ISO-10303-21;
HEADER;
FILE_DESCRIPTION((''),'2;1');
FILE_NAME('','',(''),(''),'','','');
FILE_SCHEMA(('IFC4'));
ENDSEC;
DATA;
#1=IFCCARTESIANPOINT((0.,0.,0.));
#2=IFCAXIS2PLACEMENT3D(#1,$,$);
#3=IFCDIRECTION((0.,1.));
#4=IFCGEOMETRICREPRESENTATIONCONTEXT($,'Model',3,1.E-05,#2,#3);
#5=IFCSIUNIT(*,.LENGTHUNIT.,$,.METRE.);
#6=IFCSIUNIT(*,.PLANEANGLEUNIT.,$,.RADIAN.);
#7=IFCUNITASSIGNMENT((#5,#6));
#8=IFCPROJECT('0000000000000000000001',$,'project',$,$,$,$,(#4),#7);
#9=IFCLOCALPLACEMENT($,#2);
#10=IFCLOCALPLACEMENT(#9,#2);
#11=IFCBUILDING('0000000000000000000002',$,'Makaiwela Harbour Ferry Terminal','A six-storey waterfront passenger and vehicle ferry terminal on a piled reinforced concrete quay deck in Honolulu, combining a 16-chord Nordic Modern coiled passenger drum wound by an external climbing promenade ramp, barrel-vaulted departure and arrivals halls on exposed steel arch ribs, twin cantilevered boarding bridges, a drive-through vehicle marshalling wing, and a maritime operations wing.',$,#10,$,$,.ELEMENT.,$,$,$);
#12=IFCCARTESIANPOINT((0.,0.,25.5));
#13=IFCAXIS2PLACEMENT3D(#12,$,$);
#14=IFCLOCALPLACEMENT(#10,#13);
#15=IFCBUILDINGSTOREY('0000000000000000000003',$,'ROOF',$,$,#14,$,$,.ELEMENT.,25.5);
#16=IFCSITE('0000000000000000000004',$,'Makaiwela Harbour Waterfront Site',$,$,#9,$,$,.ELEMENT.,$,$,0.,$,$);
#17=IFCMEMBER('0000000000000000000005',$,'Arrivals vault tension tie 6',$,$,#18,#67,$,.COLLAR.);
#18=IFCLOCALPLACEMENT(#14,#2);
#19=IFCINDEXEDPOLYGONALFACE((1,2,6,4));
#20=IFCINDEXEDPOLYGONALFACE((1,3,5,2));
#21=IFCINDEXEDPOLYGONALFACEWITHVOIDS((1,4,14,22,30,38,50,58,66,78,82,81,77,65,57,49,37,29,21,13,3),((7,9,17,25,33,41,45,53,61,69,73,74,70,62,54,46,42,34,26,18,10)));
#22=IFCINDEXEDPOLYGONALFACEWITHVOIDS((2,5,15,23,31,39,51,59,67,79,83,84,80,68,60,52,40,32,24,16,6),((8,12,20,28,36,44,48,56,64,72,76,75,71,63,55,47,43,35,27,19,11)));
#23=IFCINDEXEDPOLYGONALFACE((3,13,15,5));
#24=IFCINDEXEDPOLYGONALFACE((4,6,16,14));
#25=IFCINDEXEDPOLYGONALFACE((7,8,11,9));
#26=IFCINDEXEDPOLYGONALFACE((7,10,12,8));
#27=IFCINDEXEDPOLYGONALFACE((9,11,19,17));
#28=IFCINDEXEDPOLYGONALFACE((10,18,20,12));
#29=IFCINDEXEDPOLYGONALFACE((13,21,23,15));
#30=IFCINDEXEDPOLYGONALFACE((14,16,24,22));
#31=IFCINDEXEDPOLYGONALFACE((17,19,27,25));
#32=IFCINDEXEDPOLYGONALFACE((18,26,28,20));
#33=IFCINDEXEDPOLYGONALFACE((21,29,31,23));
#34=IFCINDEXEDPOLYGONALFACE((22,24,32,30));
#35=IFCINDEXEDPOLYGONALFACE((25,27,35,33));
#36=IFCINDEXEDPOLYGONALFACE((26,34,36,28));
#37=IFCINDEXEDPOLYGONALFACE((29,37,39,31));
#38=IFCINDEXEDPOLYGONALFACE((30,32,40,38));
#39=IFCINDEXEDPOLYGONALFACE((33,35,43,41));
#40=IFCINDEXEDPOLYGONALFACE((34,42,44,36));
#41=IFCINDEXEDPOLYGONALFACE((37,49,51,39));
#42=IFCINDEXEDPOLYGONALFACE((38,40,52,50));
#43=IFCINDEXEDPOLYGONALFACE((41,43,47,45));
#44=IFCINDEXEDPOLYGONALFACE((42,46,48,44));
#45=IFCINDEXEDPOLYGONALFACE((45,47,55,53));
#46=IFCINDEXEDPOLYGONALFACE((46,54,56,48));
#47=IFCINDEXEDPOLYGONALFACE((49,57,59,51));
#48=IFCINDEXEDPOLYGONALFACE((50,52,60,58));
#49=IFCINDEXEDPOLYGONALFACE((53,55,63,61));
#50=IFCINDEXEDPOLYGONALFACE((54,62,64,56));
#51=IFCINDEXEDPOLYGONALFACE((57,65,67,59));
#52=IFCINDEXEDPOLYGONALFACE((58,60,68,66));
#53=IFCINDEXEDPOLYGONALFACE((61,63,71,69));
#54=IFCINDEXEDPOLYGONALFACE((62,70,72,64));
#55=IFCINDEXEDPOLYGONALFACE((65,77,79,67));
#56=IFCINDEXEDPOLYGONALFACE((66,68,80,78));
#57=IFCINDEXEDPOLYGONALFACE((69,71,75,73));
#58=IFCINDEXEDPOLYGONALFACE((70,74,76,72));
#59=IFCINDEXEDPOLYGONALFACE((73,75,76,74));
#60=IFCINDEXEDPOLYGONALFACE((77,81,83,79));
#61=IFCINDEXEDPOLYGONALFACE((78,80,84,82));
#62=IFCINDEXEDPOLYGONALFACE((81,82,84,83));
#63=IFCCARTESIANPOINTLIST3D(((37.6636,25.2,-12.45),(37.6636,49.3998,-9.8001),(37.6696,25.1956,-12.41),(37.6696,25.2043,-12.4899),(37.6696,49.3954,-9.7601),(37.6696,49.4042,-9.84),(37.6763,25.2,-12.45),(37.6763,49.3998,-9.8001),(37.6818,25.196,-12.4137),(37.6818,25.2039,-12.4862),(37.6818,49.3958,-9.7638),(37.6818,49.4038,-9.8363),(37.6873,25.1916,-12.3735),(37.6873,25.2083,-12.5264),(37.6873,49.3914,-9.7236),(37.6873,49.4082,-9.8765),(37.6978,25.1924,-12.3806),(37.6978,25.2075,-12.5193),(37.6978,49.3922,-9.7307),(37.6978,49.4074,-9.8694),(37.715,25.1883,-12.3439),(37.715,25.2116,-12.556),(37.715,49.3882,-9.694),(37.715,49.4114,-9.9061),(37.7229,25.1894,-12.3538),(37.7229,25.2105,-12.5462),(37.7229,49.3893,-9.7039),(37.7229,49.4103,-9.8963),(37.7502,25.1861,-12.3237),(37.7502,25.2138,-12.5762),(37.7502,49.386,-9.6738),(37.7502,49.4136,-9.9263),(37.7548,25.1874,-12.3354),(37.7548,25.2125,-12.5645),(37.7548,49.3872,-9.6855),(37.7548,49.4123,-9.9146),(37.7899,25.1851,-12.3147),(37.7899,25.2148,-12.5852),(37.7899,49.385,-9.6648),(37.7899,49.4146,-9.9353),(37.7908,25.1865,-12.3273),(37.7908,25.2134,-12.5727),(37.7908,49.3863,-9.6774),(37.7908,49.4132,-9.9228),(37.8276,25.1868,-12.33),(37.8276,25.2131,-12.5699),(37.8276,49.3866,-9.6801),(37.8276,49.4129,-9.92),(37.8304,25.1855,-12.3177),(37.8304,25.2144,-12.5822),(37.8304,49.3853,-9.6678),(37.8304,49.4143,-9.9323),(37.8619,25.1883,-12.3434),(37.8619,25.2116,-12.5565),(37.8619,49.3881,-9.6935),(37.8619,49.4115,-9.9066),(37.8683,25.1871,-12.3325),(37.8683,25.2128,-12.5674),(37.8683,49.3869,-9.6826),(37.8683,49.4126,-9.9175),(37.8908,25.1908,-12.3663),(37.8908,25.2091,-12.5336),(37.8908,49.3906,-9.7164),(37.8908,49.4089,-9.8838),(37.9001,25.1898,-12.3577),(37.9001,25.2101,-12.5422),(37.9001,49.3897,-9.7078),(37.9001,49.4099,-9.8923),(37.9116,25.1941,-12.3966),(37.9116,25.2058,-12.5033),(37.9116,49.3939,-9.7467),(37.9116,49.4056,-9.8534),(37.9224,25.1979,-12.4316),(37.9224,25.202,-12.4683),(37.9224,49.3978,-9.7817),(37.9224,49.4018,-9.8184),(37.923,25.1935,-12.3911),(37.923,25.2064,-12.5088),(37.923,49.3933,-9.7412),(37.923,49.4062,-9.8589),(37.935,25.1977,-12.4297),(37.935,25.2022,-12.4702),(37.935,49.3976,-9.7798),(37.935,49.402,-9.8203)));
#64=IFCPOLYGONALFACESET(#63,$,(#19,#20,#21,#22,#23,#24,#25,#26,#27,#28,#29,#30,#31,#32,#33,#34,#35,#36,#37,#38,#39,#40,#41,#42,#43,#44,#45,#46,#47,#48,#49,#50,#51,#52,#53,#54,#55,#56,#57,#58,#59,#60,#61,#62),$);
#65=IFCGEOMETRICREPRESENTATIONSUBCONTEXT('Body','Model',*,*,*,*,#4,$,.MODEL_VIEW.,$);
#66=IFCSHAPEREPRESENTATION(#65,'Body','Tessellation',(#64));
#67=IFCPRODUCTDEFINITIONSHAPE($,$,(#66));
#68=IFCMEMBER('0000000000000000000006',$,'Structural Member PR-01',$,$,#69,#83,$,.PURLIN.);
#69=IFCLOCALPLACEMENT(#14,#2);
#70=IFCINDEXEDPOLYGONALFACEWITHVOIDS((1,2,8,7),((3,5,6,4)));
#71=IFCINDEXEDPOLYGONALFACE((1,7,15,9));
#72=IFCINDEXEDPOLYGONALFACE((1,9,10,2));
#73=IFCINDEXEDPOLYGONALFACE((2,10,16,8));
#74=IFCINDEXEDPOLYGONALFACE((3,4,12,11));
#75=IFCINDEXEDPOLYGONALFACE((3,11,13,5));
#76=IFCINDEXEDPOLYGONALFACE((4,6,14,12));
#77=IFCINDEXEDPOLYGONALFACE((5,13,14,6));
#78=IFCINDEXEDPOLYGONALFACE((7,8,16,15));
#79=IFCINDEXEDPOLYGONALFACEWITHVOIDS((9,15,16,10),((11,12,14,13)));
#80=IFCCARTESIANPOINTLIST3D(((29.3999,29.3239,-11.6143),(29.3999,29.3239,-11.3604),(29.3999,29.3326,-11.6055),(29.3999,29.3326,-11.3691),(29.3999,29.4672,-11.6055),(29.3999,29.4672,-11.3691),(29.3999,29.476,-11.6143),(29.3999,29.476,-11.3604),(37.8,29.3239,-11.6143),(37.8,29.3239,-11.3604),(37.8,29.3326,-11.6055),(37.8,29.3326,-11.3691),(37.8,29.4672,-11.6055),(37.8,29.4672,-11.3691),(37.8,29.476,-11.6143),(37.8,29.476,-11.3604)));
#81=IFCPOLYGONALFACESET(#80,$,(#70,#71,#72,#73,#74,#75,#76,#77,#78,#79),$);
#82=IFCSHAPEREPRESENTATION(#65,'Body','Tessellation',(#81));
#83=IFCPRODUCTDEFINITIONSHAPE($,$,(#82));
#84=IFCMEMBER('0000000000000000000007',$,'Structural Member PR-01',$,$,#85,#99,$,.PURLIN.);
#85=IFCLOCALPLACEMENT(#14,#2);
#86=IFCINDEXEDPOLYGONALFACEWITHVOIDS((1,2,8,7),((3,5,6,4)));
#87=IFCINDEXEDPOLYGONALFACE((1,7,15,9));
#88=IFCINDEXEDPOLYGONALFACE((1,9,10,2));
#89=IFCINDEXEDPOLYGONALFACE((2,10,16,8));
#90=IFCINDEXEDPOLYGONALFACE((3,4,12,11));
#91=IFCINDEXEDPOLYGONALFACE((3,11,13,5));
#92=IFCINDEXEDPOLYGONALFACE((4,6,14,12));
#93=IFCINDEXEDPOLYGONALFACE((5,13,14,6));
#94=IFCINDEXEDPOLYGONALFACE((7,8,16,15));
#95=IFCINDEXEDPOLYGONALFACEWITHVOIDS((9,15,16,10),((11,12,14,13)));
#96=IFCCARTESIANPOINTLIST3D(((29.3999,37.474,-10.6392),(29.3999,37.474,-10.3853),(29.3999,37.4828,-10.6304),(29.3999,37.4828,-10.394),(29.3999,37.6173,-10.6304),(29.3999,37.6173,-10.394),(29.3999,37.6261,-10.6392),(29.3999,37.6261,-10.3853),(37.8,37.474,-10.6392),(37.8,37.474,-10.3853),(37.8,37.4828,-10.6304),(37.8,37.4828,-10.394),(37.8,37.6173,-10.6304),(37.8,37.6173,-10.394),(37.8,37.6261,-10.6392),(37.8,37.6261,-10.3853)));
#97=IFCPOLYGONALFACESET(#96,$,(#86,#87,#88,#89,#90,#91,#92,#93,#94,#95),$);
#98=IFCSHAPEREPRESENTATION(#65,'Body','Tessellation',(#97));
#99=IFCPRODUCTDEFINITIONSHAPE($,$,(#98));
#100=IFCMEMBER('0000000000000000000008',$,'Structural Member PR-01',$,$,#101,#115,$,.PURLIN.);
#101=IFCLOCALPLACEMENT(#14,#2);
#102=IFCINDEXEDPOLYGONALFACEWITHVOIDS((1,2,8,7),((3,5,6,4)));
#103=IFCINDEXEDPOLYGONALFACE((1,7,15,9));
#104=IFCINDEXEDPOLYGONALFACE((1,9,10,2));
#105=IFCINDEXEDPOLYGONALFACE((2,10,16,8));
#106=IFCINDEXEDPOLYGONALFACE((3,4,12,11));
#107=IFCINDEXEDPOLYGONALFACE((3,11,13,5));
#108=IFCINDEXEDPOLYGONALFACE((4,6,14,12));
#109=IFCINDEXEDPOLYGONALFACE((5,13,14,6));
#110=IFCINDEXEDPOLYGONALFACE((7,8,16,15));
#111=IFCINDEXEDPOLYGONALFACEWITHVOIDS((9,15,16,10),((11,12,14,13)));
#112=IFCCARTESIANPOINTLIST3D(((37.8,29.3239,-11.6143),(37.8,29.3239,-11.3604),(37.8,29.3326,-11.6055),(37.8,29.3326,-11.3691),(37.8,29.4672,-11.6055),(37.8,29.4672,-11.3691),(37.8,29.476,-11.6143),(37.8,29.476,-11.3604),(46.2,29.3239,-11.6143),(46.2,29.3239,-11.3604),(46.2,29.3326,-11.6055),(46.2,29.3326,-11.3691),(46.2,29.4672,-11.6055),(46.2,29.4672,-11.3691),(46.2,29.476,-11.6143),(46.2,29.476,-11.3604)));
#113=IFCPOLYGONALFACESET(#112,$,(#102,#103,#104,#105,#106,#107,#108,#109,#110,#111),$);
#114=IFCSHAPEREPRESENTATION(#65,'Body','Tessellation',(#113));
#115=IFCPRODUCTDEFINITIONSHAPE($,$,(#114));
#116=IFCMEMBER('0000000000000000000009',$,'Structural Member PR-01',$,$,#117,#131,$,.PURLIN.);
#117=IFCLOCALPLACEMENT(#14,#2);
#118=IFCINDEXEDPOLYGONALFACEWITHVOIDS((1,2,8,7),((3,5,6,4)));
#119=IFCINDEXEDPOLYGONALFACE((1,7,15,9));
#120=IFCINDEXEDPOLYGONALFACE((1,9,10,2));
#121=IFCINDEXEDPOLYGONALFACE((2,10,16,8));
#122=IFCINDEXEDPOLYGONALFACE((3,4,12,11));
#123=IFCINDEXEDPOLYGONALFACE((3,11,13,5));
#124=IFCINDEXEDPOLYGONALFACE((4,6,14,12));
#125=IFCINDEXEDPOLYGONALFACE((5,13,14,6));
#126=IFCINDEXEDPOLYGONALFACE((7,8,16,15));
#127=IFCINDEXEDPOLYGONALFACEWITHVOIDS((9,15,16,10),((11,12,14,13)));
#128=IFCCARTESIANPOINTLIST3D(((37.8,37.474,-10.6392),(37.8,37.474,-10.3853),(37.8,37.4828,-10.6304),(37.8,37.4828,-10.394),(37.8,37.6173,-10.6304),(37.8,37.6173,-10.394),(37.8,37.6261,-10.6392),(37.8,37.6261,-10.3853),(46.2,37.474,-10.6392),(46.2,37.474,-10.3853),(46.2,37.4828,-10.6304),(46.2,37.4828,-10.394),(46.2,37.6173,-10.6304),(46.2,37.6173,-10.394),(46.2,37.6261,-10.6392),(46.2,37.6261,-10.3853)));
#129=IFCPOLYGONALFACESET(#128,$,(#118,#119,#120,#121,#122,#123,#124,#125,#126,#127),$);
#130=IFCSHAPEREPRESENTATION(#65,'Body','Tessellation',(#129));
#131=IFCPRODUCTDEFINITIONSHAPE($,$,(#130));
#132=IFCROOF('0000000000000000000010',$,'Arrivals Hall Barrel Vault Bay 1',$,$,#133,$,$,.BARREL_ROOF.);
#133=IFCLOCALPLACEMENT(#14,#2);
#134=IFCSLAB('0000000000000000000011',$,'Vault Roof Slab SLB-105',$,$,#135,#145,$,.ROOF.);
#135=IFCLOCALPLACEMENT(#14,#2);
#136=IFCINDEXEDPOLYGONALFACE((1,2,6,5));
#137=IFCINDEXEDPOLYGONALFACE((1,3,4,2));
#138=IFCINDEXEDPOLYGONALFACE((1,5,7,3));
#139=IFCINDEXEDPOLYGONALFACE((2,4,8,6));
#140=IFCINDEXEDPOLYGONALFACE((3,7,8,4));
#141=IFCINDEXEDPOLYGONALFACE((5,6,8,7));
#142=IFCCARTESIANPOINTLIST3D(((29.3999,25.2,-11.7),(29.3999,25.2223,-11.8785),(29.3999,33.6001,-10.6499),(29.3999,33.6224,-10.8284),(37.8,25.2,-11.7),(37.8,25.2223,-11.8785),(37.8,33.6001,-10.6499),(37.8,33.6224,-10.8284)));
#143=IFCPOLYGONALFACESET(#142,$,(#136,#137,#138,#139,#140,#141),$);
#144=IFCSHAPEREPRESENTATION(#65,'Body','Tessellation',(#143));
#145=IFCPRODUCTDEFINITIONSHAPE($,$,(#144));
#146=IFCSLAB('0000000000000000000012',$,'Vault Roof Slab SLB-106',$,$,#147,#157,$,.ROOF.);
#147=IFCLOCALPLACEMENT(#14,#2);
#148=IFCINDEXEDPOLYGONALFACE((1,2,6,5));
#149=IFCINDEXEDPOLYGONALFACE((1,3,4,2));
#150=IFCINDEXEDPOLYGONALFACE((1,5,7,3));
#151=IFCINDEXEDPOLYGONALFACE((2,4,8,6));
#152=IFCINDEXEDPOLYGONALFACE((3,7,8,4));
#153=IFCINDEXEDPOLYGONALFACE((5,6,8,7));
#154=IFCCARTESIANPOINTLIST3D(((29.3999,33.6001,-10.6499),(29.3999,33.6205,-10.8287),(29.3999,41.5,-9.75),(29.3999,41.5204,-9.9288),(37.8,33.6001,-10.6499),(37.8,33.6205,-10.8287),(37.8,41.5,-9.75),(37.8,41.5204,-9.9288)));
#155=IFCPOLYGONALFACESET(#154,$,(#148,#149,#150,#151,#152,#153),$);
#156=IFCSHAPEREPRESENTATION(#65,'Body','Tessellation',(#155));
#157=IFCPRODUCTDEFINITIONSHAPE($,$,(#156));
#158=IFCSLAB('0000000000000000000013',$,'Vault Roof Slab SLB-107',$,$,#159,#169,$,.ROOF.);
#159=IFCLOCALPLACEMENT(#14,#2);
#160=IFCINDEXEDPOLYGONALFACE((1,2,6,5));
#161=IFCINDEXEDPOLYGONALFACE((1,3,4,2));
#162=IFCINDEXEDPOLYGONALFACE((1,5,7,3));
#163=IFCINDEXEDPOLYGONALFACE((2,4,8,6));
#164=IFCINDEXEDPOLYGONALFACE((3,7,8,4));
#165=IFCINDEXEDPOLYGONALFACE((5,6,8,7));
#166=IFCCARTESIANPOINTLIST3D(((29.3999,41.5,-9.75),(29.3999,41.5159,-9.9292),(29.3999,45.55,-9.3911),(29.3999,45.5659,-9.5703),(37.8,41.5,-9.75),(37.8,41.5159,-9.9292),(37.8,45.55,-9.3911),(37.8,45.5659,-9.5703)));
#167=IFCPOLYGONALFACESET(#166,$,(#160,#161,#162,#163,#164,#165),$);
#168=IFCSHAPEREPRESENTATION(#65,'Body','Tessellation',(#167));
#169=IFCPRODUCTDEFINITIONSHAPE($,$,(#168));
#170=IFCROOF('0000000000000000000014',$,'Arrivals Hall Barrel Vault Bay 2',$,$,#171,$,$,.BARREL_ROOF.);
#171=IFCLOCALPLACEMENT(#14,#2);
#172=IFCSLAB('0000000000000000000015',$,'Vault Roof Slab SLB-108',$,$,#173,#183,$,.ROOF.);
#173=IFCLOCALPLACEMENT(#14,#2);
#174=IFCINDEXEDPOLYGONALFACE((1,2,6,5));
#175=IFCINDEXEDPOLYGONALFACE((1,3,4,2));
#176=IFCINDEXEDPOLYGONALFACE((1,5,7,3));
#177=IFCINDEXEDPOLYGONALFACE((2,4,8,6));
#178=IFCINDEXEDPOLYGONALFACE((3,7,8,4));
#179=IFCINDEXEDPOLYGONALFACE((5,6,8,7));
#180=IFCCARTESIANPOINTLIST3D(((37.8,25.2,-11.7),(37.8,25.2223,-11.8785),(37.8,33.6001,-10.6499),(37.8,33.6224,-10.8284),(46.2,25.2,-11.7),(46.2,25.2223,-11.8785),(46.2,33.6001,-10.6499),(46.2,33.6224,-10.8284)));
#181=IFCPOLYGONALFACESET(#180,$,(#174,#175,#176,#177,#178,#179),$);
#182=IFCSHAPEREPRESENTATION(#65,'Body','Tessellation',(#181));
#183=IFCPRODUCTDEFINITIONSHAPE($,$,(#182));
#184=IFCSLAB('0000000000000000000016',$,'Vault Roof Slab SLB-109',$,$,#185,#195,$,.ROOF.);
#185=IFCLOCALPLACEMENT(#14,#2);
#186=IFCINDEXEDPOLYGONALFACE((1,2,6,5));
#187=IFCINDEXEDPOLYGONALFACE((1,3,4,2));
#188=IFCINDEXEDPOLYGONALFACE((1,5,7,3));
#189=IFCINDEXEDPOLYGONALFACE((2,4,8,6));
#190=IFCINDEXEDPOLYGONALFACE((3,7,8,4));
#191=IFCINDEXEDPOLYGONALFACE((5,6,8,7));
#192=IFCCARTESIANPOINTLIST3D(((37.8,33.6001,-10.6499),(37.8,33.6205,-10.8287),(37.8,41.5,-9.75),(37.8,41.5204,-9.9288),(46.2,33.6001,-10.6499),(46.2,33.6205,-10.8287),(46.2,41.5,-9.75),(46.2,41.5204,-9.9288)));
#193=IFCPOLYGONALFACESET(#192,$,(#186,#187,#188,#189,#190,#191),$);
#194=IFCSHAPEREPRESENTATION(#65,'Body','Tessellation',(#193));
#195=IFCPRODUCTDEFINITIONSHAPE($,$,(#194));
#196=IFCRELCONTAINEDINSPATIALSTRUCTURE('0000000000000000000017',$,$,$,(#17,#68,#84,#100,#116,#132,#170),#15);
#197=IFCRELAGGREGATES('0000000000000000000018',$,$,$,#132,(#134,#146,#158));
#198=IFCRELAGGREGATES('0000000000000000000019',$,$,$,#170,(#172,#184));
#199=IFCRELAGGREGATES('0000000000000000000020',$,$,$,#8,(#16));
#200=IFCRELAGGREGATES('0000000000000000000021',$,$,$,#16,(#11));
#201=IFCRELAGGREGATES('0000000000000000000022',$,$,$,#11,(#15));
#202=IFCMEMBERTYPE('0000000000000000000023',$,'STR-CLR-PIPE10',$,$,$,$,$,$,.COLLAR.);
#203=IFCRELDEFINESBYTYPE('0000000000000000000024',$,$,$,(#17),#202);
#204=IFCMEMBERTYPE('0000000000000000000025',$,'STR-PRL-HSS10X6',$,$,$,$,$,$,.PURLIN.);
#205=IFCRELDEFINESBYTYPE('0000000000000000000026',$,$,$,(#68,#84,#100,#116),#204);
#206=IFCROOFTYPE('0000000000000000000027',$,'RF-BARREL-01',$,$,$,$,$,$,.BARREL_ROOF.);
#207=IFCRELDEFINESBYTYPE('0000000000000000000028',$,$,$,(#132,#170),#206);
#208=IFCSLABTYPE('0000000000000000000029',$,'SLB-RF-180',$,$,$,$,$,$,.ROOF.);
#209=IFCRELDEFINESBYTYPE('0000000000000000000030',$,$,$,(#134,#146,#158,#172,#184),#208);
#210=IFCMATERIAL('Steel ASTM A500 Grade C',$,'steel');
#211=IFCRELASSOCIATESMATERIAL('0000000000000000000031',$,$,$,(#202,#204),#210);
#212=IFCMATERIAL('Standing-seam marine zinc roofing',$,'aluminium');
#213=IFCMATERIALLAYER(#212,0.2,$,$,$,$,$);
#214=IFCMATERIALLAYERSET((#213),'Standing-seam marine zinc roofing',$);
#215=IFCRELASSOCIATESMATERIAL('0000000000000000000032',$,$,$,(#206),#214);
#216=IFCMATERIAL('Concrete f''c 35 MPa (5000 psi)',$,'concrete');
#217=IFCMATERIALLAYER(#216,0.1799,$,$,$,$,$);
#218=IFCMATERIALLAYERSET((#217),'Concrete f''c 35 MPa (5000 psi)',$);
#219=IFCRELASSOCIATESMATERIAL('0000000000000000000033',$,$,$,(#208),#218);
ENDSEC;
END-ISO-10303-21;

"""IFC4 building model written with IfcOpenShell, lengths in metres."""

from ifc_helpers import new_model, si_unit, direction, frame, origin, origin_2d, place, context, subcontext, project, spatial, polyline, hollow_rectangle, hollow_circle, outline, extrude, material, layer, layer_set, material_profile, profile_set, type_object, element, aggregate, save


model = new_model("IFC4")

# Units and contexts
model_context = context("Model", 3, precision=1e-05, world=origin(), true_north=direction((0.0, 1.0)))
body_context = subcontext(model_context, "Body", "Model", "MODEL_VIEW")
ifc_project = project(units=[si_unit("LENGTHUNIT", "METRE"), si_unit("PLANEANGLEUNIT", "RADIAN")], contexts=[model_context])

# Site, building, storey
site_placement = place(None, origin())
site = spatial("IfcSite", under=ifc_project, at=site_placement, Name="Makaiwela Harbour Waterfront Site", CompositionType="ELEMENT", RefElevation=0.0)
building_placement = place(site_placement, origin())
building = spatial("IfcBuilding", under=site, at=building_placement, Name="Makaiwela Harbour Ferry Terminal", Description="A six-storey waterfront passenger and vehicle ferry terminal on a piled reinforced concrete quay deck in Honolulu, combining a 16-chord Nordic Modern coiled passenger drum wound by an external climbing promenade ramp, barrel-vaulted departure and arrivals halls on exposed steel arch ribs, twin cantilevered boarding bridges, a drive-through vehicle marshalling wing, and a maritime operations wing.", CompositionType="ELEMENT")
storey_placement = place(building_placement, frame((0.0, 0.0, 25.5)))
storey = spatial("IfcBuildingStorey", under=building, at=storey_placement, Name="ROOF", CompositionType="ELEMENT", Elevation=25.5)

# Members
ifc_material_1 = material(Name="Steel ASTM A500 Grade C", Category="steel")
ifc_material_profile_1 = material_profile(ifc_material_1, hollow_circle(Radius=0.1365, WallThickness=0.0127, at=origin_2d()), Name="PIPE10XS")
ifc_profile_set_1 = profile_set([ifc_material_profile_1], Name="Steel ASTM A500 Grade C")
member_type_1 = type_object("IfcMemberType", Name="STR-CLR-PIPE10", PredefinedType="COLLAR", material=ifc_profile_set_1)
for number, where, z_axis, x_axis, name in (
    (1, (37.8, 25.2, -12.45), (0.0, 0.994058, 0.10885), (-1.0, 0.0, 0.0), "Arrivals vault tension tie 6"),
):
    element("IfcMember", number, at=place(storey_placement, frame(where, z_axis=z_axis, x_axis=x_axis)), inside=storey, type_object=member_type_1, Name=name, PredefinedType="COLLAR", context=body_context, shape_type="SweptSolid", body=[
        extrude(hollow_circle(Radius=0.1365, WallThickness=0.0127, at=origin_2d()), origin(), (0.0, 0.0, 1.0), 24.3445),
    ])
ifc_material_profile_2 = material_profile(ifc_material_1, hollow_rectangle(XDim=0.1521, YDim=0.2539, WallThickness=0.0088, at=origin_2d()), Name="HSS10X6X3/8")
ifc_profile_set_2 = profile_set([ifc_material_profile_2], Name="Steel ASTM A500 Grade C")
member_type_2 = type_object("IfcMemberType", Name="STR-PRL-HSS10X6", PredefinedType="PURLIN", material=ifc_profile_set_2)
for number, where, z_axis, x_axis, name in (
    (2, (29.3999, 29.3999, -11.4873), (1.0, 0.0, 0.0), (0.0, 1.0, 0.0), "Structural Member PR-01"),
    (3, (29.3999, 37.55, -10.5122), (1.0, 0.0, 0.0), (0.0, 1.0, 0.0), "Structural Member PR-01"),
):
    element("IfcMember", number, at=place(storey_placement, frame(where, z_axis=z_axis, x_axis=x_axis)), inside=storey, type_object=member_type_2, Name=name, PredefinedType="PURLIN", context=body_context, shape_type="SweptSolid", body=[
        extrude(hollow_rectangle(XDim=0.1521, YDim=0.2539, WallThickness=0.0088, at=origin_2d()), origin(), (0.0, 0.0, 1.0), 8.4001),
    ])
for number, where, z_axis, x_axis, name in (
    (4, (37.8, 29.3999, -11.4873), (1.0, 0.0, 0.0), (0.0, 1.0, 0.0), "Structural Member PR-01"),
    (5, (37.8, 37.55, -10.5122), (1.0, 0.0, 0.0), (0.0, 1.0, 0.0), "Structural Member PR-01"),
):
    element("IfcMember", number, at=place(storey_placement, frame(where, z_axis=z_axis, x_axis=x_axis)), inside=storey, type_object=member_type_2, Name=name, PredefinedType="PURLIN", context=body_context, shape_type="SweptSolid", body=[
        extrude(hollow_rectangle(XDim=0.1521, YDim=0.2539, WallThickness=0.0088, at=origin_2d()), origin(), (0.0, 0.0, 1.0), 8.3999),
    ])

# Roofs, slabs
ifc_material_2 = material(Name="Standing-seam marine zinc roofing", Category="aluminium")
ifc_layer_1 = layer(ifc_material_2, 0.2)
ifc_layer_set_1 = layer_set([ifc_layer_1], Name="Standing-seam marine zinc roofing")
roof_type_1 = type_object("IfcRoofType", Name="RF-BARREL-01", PredefinedType="BARREL_ROOF", material=ifc_layer_set_1)
roof_1_placement = place(storey_placement, origin())
roof_1 = element("IfcRoof", 6, at=roof_1_placement, inside=storey, type_object=roof_type_1, Name="Arrivals Hall Barrel Vault Bay 1", PredefinedType="BARREL_ROOF")
ifc_material_3 = material(Name="Concrete f'c 35 MPa (5000 psi)", Category="concrete")
ifc_layer_2 = layer(ifc_material_3, 0.1799)
ifc_layer_set_2 = layer_set([ifc_layer_2], Name="Concrete f'c 35 MPa (5000 psi)")
slab_type_1 = type_object("IfcSlabType", Name="SLB-RF-180", PredefinedType="ROOF", material=ifc_layer_set_2)
slab_1_placement = place(storey_placement, frame((29.3999, 25.2, -11.7), z_axis=(0.0, -0.124038, 0.992277), x_axis=(1.0, 0.0, 0.0)))
slab_1 = element("IfcSlab", 7, at=slab_1_placement, type_object=slab_type_1, Name="Vault Roof Slab SLB-105", PredefinedType="ROOF", context=body_context, shape_type="SweptSolid", body=[
    extrude(outline(polyline([(0.0, 0.0), (8.4001, 0.0), (8.4001, 8.4655), (0.0, 8.4655), (0.0, 0.0)])), origin(), (0.0, 0.0, -1.0), 0.1799),
])
slab_2_placement = place(storey_placement, frame((29.3999, 33.6001, -10.6499), z_axis=(0.0, -0.113181, 0.993574), x_axis=(1.0, 0.0, 0.0)))
slab_2 = element("IfcSlab", 8, at=slab_2_placement, type_object=slab_type_1, Name="Vault Roof Slab SLB-106", PredefinedType="ROOF", context=body_context, shape_type="SweptSolid", body=[
    extrude(outline(polyline([(0.0, 0.0), (8.4001, 0.0), (8.4001, 7.951), (0.0, 7.951), (0.0, 0.0)])), origin(), (0.0, 0.0, -1.0), 0.1799),
])
slab_3_placement = place(storey_placement, frame((29.3999, 41.5, -9.75), z_axis=(0.0, -0.088267, 0.996097), x_axis=(1.0, 0.0, 0.0)))
slab_3 = element("IfcSlab", 9, at=slab_3_placement, type_object=slab_type_1, Name="Vault Roof Slab SLB-107", PredefinedType="ROOF", context=body_context, shape_type="SweptSolid", body=[
    extrude(outline(polyline([(0.0, 0.0), (8.4001, 0.0), (8.4001, 4.0659), (0.0, 4.0659), (0.0, 0.0)])), origin(), (0.0, 0.0, -1.0), 0.1799),
])
roof_2_placement = place(storey_placement, origin())
roof_2 = element("IfcRoof", 10, at=roof_2_placement, inside=storey, type_object=roof_type_1, Name="Arrivals Hall Barrel Vault Bay 2", PredefinedType="BARREL_ROOF")
slab_4_placement = place(storey_placement, frame((37.8, 25.2, -11.7), z_axis=(0.0, -0.124038, 0.992277), x_axis=(1.0, 0.0, 0.0)))
slab_4 = element("IfcSlab", 11, at=slab_4_placement, type_object=slab_type_1, Name="Vault Roof Slab SLB-108", PredefinedType="ROOF", context=body_context, shape_type="SweptSolid", body=[
    extrude(outline(polyline([(0.0, 0.0), (8.3999, 0.0), (8.3999, 8.4655), (0.0, 8.4655), (0.0, 0.0)])), origin(), (0.0, 0.0, -1.0), 0.1799),
])
slab_5_placement = place(storey_placement, frame((37.8, 33.6001, -10.6499), z_axis=(0.0, -0.113181, 0.993574), x_axis=(1.0, 0.0, 0.0)))
slab_5 = element("IfcSlab", 12, at=slab_5_placement, type_object=slab_type_1, Name="Vault Roof Slab SLB-109", PredefinedType="ROOF", context=body_context, shape_type="SweptSolid", body=[
    extrude(outline(polyline([(0.0, 0.0), (8.3999, 0.0), (8.3999, 7.951), (0.0, 7.951), (0.0, 0.0)])), origin(), (0.0, 0.0, -1.0), 0.1799),
])

aggregate(roof_1, [slab_1, slab_2, slab_3])
aggregate(roof_2, [slab_4, slab_5])

save(model, "model.ifc")
